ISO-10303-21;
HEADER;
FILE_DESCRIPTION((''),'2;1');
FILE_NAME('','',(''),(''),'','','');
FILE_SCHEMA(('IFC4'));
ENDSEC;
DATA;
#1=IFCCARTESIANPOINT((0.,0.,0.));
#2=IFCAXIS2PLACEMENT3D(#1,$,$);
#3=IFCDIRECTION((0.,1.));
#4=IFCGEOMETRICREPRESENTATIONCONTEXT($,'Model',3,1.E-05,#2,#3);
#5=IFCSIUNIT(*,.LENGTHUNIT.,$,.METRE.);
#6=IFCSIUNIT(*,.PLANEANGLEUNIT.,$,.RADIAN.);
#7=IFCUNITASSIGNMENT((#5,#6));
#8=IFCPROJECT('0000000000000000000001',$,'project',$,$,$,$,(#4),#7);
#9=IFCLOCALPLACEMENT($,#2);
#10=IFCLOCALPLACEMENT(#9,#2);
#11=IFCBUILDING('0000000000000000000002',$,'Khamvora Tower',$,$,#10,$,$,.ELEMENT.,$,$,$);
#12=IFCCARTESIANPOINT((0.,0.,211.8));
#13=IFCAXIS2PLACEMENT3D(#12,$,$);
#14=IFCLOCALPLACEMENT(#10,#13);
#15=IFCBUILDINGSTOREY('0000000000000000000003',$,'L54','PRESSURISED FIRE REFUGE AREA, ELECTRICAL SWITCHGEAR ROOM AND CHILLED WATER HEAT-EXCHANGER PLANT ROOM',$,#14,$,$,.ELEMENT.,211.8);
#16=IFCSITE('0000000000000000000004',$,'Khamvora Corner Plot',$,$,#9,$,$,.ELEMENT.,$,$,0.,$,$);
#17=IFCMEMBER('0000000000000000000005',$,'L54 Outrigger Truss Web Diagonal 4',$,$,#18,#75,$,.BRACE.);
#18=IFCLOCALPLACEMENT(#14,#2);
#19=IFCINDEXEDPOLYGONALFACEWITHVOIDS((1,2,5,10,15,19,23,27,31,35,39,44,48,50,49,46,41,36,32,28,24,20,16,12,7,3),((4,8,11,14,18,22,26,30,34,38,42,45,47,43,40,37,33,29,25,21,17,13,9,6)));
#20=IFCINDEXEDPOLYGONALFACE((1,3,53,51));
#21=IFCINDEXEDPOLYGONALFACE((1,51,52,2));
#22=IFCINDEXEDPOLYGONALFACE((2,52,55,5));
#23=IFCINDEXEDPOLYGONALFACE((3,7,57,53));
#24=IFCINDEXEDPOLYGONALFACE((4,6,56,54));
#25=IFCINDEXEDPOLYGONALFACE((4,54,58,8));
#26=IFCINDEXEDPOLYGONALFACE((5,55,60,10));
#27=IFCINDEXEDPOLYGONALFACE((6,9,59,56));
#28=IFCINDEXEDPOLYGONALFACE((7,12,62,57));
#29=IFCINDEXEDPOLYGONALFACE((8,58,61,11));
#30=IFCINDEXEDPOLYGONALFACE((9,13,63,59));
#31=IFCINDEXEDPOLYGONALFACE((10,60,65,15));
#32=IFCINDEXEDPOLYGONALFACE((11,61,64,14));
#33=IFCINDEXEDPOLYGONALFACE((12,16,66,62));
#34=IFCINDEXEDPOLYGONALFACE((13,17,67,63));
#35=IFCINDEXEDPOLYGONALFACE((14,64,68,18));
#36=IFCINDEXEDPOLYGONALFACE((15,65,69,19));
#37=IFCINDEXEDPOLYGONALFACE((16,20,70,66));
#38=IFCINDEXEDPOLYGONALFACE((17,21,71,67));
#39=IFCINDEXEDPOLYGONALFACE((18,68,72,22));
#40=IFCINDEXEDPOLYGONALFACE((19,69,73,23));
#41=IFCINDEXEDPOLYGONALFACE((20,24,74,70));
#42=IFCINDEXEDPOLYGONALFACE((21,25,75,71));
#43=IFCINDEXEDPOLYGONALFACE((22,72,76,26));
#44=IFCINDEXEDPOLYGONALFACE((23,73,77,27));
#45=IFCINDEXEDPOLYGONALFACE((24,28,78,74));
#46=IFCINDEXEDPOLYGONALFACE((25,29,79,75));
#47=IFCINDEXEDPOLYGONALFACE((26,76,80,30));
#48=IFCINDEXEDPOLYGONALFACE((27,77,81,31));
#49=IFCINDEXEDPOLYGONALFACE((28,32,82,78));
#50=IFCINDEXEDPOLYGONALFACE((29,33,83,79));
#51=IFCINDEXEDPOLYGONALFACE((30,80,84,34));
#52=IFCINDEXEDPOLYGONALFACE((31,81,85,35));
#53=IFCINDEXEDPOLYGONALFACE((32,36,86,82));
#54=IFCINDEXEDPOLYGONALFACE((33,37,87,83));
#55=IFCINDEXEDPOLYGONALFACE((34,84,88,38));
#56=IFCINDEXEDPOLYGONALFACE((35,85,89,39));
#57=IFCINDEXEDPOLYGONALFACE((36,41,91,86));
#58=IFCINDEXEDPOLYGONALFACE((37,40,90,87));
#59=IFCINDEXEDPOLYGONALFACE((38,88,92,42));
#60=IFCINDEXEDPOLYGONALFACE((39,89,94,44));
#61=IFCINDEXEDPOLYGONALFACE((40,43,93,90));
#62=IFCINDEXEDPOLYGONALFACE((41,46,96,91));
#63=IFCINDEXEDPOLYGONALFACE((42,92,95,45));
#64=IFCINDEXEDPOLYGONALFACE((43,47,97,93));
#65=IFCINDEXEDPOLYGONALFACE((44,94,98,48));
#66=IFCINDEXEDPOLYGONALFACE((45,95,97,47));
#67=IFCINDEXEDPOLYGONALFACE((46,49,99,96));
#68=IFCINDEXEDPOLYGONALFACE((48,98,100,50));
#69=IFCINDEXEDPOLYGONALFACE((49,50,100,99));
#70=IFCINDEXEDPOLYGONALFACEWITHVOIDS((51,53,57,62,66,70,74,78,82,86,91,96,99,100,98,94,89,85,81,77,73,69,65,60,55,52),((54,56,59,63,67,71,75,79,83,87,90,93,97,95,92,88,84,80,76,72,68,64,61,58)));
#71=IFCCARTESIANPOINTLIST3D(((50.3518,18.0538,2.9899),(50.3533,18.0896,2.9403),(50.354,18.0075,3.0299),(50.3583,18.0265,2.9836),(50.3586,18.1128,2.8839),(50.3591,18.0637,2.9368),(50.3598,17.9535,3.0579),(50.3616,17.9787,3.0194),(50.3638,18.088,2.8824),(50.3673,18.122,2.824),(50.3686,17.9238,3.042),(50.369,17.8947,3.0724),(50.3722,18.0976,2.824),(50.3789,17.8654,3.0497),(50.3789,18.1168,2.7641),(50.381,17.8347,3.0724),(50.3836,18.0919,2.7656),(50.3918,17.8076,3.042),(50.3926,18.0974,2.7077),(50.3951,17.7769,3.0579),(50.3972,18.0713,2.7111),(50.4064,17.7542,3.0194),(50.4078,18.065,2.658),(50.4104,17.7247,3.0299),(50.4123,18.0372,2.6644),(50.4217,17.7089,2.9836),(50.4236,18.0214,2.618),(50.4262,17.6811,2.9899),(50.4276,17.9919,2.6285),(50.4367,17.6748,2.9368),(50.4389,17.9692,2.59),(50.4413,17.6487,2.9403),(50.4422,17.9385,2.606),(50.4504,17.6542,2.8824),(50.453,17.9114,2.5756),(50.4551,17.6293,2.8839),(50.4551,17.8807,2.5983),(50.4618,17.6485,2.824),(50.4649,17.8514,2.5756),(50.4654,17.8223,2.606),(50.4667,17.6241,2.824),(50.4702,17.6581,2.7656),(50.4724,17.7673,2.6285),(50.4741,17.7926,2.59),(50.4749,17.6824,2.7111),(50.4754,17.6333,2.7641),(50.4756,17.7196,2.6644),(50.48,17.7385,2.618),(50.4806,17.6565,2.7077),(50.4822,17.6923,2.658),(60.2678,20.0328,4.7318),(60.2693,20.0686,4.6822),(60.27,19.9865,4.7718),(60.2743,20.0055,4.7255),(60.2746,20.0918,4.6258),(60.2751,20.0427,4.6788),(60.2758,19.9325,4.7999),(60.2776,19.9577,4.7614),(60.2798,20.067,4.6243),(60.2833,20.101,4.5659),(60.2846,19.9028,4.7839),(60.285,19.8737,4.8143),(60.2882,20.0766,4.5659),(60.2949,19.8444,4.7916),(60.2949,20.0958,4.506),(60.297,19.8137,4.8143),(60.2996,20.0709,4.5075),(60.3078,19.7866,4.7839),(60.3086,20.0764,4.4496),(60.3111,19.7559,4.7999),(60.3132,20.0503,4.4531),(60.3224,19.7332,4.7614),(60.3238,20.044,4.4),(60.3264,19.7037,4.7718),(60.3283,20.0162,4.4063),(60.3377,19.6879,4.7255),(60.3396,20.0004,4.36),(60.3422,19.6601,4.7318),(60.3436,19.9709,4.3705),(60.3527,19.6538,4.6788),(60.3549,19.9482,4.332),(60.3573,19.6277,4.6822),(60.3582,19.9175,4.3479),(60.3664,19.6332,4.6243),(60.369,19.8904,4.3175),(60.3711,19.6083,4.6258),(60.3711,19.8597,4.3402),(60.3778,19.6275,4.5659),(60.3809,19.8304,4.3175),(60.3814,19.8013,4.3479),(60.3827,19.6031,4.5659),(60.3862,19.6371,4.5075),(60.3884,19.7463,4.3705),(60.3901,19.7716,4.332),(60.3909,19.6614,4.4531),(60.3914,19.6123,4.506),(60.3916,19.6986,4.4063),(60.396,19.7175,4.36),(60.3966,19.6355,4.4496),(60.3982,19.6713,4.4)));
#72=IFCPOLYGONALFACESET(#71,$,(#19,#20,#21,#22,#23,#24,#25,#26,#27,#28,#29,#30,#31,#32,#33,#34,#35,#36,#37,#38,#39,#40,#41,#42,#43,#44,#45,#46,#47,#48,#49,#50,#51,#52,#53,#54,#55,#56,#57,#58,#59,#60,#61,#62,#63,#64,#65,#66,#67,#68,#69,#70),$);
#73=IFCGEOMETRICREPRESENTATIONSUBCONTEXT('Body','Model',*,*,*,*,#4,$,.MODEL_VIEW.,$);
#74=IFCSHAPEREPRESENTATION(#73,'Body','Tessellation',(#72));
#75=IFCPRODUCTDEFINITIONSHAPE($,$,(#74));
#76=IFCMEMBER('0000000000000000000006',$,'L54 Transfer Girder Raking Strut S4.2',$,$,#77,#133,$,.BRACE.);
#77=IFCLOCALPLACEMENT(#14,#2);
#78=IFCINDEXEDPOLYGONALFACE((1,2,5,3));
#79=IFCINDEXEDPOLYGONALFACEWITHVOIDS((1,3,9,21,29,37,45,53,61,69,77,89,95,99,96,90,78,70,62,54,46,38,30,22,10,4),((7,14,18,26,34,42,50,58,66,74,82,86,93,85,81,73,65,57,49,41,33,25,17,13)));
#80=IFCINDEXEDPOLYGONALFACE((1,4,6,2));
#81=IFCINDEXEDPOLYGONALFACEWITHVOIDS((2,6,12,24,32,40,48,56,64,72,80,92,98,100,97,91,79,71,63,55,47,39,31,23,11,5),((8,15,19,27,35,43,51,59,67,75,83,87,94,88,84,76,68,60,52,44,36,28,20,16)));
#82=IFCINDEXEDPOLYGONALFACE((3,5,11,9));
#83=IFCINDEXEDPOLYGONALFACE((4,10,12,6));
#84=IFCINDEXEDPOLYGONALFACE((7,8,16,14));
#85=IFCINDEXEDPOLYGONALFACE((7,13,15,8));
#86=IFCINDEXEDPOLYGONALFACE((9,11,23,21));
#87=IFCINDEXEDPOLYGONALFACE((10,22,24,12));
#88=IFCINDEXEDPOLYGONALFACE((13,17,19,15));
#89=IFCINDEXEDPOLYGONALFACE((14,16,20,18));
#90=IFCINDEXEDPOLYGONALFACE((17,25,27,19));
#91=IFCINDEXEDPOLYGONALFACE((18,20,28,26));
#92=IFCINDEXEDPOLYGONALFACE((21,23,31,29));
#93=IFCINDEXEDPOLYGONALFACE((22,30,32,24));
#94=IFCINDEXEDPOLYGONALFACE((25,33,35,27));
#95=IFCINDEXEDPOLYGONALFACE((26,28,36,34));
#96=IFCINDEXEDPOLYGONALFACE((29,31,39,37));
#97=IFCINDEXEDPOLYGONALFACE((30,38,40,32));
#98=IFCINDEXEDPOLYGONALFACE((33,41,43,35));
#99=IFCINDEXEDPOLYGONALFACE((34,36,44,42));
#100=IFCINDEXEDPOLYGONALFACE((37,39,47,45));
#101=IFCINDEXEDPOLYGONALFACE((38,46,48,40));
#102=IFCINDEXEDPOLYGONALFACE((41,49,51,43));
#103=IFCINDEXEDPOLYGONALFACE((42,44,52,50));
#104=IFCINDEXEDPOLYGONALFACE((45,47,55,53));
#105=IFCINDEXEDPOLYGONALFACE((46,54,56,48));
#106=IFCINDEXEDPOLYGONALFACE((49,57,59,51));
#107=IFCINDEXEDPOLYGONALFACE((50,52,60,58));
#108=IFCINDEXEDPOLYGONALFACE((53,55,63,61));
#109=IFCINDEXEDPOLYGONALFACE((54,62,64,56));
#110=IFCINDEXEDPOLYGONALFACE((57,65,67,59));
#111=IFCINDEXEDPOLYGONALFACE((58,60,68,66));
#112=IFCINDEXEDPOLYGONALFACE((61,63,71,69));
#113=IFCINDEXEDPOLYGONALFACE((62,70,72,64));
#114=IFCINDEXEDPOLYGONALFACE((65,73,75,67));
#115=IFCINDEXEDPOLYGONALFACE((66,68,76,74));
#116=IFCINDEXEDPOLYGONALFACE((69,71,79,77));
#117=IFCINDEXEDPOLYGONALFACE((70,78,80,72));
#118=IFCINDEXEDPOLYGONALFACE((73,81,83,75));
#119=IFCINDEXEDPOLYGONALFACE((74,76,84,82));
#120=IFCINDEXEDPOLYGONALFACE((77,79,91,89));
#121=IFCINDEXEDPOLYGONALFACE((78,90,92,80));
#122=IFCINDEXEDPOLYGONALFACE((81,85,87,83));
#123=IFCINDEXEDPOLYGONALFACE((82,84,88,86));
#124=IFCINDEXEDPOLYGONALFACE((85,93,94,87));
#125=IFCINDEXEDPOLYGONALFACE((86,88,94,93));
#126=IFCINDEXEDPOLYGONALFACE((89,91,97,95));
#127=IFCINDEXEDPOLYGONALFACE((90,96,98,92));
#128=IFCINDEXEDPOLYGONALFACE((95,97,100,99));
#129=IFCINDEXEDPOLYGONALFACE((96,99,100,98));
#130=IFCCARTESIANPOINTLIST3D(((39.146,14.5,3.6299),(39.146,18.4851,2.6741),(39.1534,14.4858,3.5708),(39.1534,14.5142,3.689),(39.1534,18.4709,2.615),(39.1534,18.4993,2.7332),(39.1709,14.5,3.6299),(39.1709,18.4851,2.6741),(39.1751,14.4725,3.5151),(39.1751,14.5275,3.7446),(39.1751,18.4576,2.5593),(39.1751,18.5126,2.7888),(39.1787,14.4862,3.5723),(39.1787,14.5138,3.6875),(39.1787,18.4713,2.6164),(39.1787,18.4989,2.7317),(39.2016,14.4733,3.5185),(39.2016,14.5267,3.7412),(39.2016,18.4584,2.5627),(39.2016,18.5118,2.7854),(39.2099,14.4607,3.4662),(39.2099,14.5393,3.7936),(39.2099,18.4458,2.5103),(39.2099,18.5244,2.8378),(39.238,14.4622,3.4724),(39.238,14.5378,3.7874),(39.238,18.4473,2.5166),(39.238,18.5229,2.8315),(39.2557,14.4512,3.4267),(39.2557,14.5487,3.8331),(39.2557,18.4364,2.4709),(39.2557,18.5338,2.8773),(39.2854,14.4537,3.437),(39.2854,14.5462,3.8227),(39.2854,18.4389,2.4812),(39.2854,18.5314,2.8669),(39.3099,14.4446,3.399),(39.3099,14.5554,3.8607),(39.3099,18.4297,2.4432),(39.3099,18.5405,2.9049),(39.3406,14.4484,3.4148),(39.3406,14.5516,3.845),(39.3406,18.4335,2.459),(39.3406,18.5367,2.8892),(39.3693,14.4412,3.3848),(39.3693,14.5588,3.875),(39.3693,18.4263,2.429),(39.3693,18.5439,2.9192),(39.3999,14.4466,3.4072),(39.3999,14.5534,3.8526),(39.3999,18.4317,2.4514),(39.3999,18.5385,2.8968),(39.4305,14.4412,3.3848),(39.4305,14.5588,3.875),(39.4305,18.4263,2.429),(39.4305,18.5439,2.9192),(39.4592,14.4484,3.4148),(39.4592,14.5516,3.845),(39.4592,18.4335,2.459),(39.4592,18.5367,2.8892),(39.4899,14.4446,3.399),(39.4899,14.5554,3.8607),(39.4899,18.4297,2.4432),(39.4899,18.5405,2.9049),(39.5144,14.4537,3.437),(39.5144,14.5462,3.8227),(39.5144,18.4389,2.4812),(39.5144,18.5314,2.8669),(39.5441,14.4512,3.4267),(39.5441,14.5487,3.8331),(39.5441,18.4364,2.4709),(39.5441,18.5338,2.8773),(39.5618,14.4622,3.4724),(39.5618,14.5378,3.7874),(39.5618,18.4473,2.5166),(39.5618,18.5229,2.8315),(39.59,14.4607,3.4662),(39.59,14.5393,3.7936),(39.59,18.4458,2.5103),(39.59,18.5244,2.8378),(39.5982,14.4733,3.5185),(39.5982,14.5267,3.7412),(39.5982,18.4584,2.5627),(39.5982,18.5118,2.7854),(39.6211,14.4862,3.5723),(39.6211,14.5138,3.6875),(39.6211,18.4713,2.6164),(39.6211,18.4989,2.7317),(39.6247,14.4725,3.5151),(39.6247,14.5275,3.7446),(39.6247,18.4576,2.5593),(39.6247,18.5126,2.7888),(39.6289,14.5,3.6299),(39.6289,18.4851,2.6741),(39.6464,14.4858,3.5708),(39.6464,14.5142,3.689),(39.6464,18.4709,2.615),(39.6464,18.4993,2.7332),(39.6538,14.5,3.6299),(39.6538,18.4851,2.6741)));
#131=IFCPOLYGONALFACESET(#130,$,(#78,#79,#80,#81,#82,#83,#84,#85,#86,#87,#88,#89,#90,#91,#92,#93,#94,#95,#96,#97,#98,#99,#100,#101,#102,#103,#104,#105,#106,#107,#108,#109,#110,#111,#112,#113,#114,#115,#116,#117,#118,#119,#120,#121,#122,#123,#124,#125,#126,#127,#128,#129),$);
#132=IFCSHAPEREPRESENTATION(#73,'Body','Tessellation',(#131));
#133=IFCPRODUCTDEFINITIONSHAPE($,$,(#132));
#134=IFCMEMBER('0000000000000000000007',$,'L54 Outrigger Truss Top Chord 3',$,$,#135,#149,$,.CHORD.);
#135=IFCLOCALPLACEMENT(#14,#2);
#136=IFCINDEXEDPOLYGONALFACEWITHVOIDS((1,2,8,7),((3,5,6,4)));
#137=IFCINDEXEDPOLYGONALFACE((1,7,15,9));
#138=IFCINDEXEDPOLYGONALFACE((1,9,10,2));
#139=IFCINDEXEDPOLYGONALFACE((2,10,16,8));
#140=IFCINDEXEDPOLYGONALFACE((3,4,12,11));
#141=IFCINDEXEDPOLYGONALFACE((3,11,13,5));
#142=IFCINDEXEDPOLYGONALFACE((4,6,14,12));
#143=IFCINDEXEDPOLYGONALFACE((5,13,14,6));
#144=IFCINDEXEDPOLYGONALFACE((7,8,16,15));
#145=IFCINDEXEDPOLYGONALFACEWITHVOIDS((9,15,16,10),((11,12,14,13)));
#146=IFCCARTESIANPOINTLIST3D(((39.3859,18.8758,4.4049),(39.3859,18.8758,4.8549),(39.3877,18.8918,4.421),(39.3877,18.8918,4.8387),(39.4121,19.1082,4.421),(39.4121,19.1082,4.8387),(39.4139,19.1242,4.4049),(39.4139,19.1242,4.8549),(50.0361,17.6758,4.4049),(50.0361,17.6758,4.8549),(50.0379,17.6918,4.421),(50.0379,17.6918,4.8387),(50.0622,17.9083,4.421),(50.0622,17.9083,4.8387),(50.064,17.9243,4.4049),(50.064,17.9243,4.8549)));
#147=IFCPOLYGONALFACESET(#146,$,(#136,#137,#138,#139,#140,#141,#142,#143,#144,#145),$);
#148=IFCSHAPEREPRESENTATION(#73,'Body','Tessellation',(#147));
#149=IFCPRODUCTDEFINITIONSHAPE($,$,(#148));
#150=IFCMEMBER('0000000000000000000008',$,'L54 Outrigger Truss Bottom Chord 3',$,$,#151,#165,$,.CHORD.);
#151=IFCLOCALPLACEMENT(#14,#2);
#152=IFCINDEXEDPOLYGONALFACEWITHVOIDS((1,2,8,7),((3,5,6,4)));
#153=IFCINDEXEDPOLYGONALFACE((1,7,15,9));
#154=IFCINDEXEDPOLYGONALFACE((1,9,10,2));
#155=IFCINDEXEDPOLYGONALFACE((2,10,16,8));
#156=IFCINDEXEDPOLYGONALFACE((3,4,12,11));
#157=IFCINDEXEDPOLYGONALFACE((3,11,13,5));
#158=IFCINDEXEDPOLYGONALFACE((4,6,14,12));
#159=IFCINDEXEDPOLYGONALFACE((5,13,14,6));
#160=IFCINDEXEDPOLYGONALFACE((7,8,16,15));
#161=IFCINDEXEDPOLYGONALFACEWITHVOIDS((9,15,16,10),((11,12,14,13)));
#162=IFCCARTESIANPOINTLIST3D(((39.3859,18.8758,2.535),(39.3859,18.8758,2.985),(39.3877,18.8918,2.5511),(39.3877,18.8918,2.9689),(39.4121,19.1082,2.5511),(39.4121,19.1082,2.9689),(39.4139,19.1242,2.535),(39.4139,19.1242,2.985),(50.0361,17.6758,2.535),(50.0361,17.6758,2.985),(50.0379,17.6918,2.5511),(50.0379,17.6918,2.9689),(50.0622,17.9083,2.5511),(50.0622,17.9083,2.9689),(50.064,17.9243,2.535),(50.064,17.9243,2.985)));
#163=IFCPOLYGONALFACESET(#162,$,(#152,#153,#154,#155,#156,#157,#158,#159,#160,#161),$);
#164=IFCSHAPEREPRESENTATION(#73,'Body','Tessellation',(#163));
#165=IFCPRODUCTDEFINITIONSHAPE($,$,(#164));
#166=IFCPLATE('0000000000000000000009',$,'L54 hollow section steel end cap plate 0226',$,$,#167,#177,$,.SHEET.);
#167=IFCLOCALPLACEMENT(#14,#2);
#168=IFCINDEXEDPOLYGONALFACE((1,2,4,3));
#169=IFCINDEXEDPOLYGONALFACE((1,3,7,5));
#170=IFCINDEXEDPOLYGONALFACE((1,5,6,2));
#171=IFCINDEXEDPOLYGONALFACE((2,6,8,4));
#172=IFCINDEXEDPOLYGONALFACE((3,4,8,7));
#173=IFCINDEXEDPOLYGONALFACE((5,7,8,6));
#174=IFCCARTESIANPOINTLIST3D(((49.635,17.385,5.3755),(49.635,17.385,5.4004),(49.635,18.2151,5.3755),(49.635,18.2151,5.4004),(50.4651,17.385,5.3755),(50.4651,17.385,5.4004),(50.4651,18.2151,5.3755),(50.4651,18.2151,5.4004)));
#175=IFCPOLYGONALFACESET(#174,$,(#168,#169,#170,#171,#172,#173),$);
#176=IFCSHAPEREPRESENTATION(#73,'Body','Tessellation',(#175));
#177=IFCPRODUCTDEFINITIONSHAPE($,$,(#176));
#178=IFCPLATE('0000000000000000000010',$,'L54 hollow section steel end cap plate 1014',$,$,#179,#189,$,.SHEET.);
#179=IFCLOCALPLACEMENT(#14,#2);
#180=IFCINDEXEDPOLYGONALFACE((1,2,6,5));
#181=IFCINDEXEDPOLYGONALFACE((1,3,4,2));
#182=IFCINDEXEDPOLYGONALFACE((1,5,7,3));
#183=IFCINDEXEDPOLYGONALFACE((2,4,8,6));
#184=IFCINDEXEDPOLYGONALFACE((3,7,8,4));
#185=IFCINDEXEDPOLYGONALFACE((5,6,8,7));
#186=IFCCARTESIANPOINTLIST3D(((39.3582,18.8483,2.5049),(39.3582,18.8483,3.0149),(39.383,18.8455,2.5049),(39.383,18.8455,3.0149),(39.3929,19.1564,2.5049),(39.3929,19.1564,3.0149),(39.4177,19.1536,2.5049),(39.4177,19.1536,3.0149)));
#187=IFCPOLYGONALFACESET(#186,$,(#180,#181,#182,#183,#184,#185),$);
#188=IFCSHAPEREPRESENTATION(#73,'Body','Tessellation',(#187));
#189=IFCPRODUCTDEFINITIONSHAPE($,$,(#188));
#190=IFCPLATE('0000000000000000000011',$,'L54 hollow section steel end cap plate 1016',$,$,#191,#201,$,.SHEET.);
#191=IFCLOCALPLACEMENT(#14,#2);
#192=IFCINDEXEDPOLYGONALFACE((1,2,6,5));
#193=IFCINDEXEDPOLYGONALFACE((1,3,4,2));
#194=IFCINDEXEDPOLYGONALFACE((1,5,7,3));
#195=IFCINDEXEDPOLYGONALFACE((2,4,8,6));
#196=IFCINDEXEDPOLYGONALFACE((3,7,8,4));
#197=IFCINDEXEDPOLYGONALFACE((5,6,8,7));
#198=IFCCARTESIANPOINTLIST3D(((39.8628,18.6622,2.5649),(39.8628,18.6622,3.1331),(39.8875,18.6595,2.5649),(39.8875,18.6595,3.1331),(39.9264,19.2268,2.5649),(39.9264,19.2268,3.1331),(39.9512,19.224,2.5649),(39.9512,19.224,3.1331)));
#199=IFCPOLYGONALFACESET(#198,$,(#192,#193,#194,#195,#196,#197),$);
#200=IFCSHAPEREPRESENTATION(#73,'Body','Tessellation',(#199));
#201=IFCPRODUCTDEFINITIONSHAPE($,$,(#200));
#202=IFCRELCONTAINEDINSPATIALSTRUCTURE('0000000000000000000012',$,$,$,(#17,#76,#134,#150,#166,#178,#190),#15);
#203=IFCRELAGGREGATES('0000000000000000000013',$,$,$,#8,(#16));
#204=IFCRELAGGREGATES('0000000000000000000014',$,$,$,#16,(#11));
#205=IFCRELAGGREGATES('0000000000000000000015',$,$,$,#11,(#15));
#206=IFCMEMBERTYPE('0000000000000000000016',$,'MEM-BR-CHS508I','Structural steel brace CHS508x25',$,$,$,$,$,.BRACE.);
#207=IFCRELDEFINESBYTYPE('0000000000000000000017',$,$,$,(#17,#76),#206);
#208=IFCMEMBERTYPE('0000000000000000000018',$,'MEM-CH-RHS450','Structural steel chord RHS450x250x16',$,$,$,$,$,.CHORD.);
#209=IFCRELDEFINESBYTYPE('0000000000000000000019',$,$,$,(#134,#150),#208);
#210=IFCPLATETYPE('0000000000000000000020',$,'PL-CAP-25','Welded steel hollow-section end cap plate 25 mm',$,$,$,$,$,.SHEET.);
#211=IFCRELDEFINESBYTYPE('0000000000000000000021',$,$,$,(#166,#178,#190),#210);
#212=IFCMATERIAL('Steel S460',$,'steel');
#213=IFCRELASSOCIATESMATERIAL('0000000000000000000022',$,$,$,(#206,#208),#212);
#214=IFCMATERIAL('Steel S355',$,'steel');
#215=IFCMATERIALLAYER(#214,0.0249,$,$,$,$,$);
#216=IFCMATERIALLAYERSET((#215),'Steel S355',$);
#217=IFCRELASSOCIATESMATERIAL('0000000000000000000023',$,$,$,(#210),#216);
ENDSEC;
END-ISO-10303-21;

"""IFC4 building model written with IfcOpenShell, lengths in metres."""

from ifc_helpers import new_model, si_unit, direction, frame, origin, origin_2d, place, context, subcontext, project, spatial, rectangle, hollow_rectangle, hollow_circle, extrude, material, layer, layer_set, material_profile, profile_set, type_object, element, save


model = new_model("IFC4")

# Units and contexts
model_context = context("Model", 3, precision=1e-05, world=origin(), true_north=direction((0.0, 1.0)))
body_context = subcontext(model_context, "Body", "Model", "MODEL_VIEW")
ifc_project = project(units=[si_unit("LENGTHUNIT", "METRE"), si_unit("PLANEANGLEUNIT", "RADIAN")], contexts=[model_context])

# Site, building, storey
site_placement = place(None, origin())
site = spatial("IfcSite", under=ifc_project, at=site_placement, Name="Khamvora Corner Plot", CompositionType="ELEMENT", RefElevation=0.0)
building_placement = place(site_placement, origin())
building = spatial("IfcBuilding", under=site, at=building_placement, Name="Khamvora Tower", CompositionType="ELEMENT")
storey_placement = place(building_placement, frame((0.0, 0.0, 211.8)))
storey = spatial("IfcBuildingStorey", under=building, at=storey_placement, Name="L54", Description="PRESSURISED FIRE REFUGE AREA, ELECTRICAL SWITCHGEAR ROOM AND CHILLED WATER HEAT-EXCHANGER PLANT ROOM", CompositionType="ELEMENT", Elevation=211.8)

# Shared definitions
ifc_material_1 = material(Name="Steel S460", Category="steel")

# Shared definitions
ifc_material_2 = material(Name="Steel S355", Category="steel")

# Members
ifc_material_profile_1 = material_profile(ifc_material_1, hollow_circle(Radius=0.2539, WallThickness=0.0249, at=origin_2d()), Name="CHS508x25")
ifc_profile_set_1 = profile_set([ifc_material_profile_1], Name="Steel S460")
member_type_1 = type_object("IfcMemberType", Name="MEM-BR-CHS508I", Description="Structural steel brace CHS508x25", PredefinedType="BRACE", material=ifc_profile_set_1)
member_1_placement = place(storey_placement, frame((50.417, 17.873, 2.824), z_axis=(0.966425, 0.192876, 0.169772), x_axis=(-0.195717, 0.98066, 0.0)))
element("IfcMember", 1, at=member_1_placement, inside=storey, type_object=member_type_1, Name="L54 Outrigger Truss Web Diagonal 4", PredefinedType="BRACE", context=body_context, shape_type="SweptSolid", body=[
    extrude(hollow_circle(Radius=0.2539, WallThickness=0.0249, at=origin_2d()), origin(), (0.0, 0.0, 1.0), 10.2605),
])
member_2_placement = place(storey_placement, frame((39.3999, 18.4851, 2.6741), z_axis=(0.0, -0.972421, 0.233231), x_axis=(1.0, 0.0, 0.0)))
element("IfcMember", 2, at=member_2_placement, inside=storey, type_object=member_type_1, Name="L54 Transfer Girder Raking Strut S4.2", PredefinedType="BRACE", context=body_context, shape_type="SweptSolid", body=[
    extrude(hollow_circle(Radius=0.2539, WallThickness=0.0249, at=origin_2d()), origin(), (0.0, 0.0, 1.0), 4.0981),
])
ifc_material_profile_2 = material_profile(ifc_material_1, hollow_rectangle(XDim=0.25, YDim=0.45, WallThickness=0.0161, at=origin_2d()), Name="RHS450x250x16")
ifc_profile_set_2 = profile_set([ifc_material_profile_2], Name="Steel S460")
member_type_2 = type_object("IfcMemberType", Name="MEM-CH-RHS450", Description="Structural steel chord RHS450x250x16", PredefinedType="CHORD", material=ifc_profile_set_2)
for number, where, z_axis, x_axis, name in (
    (3, (39.3999, 19.0, 4.6299), (0.993713, -0.111962, 0.0), (0.111962, 0.993713, 0.0), "L54 Outrigger Truss Top Chord 3"),
    (4, (39.3999, 19.0, 2.76), (0.993713, -0.111962, 0.0), (0.111962, 0.993713, 0.0), "L54 Outrigger Truss Bottom Chord 3"),
):
    element("IfcMember", number, at=place(storey_placement, frame(where, z_axis=z_axis, x_axis=x_axis)), inside=storey, type_object=member_type_2, Name=name, PredefinedType="CHORD", context=body_context, shape_type="SweptSolid", body=[
        extrude(hollow_rectangle(XDim=0.25, YDim=0.45, WallThickness=0.0161, at=origin_2d()), origin(), (0.0, 0.0, 1.0), 10.7175),
    ])

# Plates
ifc_layer_1 = layer(ifc_material_2, 0.0249)
ifc_layer_set_1 = layer_set([ifc_layer_1], Name="Steel S355")
plate_type_1 = type_object("IfcPlateType", Name="PL-CAP-25", Description="Welded steel hollow-section end cap plate 25 mm", PredefinedType="SHEET", material=ifc_layer_set_1)
plate_1_placement = place(storey_placement, frame((50.05, 17.8, 5.3755), z_axis=(0.0, 0.0, 1.0), x_axis=(1.0, 0.0, 0.0)))
element("IfcPlate", 5, at=plate_1_placement, inside=storey, type_object=plate_type_1, Name="L54 hollow section steel end cap plate 0226", PredefinedType="SHEET", context=body_context, shape_type="SweptSolid", body=[
    extrude(rectangle(XDim=0.8301, YDim=0.8301, at=origin_2d()), origin(), (0.0, 0.0, 1.0), 0.0249),
])
plate_2_placement = place(storey_placement, frame((39.3879, 19.001, 2.5049), z_axis=(0.0, 0.0, 1.0), x_axis=(0.993711, -0.111972, 0.0)))
element("IfcPlate", 6, at=plate_2_placement, inside=storey, type_object=plate_type_1, Name="L54 hollow section steel end cap plate 1014", PredefinedType="SHEET", context=body_context, shape_type="SweptSolid", body=[
    extrude(rectangle(XDim=0.0249, YDim=0.3101, at=origin_2d()), origin(), (0.0, 0.0, 1.0), 0.51),
])
for number, where, z_axis, x_axis, name in (
    (7, (39.907, 18.9431, 2.5649), (0.0, 0.0, 1.0), (0.993707, -0.112007, 0.0), "L54 hollow section steel end cap plate 1016"),
):
    element("IfcPlate", number, at=place(storey_placement, frame(where, z_axis=z_axis, x_axis=x_axis)), inside=storey, type_object=plate_type_1, Name=name, PredefinedType="SHEET", context=body_context, shape_type="SweptSolid", body=[
        extrude(rectangle(XDim=0.0249, YDim=0.5681, at=origin_2d()), origin(), (0.0, 0.0, 1.0), 0.5681),
    ])

save(model, "model.ifc")
